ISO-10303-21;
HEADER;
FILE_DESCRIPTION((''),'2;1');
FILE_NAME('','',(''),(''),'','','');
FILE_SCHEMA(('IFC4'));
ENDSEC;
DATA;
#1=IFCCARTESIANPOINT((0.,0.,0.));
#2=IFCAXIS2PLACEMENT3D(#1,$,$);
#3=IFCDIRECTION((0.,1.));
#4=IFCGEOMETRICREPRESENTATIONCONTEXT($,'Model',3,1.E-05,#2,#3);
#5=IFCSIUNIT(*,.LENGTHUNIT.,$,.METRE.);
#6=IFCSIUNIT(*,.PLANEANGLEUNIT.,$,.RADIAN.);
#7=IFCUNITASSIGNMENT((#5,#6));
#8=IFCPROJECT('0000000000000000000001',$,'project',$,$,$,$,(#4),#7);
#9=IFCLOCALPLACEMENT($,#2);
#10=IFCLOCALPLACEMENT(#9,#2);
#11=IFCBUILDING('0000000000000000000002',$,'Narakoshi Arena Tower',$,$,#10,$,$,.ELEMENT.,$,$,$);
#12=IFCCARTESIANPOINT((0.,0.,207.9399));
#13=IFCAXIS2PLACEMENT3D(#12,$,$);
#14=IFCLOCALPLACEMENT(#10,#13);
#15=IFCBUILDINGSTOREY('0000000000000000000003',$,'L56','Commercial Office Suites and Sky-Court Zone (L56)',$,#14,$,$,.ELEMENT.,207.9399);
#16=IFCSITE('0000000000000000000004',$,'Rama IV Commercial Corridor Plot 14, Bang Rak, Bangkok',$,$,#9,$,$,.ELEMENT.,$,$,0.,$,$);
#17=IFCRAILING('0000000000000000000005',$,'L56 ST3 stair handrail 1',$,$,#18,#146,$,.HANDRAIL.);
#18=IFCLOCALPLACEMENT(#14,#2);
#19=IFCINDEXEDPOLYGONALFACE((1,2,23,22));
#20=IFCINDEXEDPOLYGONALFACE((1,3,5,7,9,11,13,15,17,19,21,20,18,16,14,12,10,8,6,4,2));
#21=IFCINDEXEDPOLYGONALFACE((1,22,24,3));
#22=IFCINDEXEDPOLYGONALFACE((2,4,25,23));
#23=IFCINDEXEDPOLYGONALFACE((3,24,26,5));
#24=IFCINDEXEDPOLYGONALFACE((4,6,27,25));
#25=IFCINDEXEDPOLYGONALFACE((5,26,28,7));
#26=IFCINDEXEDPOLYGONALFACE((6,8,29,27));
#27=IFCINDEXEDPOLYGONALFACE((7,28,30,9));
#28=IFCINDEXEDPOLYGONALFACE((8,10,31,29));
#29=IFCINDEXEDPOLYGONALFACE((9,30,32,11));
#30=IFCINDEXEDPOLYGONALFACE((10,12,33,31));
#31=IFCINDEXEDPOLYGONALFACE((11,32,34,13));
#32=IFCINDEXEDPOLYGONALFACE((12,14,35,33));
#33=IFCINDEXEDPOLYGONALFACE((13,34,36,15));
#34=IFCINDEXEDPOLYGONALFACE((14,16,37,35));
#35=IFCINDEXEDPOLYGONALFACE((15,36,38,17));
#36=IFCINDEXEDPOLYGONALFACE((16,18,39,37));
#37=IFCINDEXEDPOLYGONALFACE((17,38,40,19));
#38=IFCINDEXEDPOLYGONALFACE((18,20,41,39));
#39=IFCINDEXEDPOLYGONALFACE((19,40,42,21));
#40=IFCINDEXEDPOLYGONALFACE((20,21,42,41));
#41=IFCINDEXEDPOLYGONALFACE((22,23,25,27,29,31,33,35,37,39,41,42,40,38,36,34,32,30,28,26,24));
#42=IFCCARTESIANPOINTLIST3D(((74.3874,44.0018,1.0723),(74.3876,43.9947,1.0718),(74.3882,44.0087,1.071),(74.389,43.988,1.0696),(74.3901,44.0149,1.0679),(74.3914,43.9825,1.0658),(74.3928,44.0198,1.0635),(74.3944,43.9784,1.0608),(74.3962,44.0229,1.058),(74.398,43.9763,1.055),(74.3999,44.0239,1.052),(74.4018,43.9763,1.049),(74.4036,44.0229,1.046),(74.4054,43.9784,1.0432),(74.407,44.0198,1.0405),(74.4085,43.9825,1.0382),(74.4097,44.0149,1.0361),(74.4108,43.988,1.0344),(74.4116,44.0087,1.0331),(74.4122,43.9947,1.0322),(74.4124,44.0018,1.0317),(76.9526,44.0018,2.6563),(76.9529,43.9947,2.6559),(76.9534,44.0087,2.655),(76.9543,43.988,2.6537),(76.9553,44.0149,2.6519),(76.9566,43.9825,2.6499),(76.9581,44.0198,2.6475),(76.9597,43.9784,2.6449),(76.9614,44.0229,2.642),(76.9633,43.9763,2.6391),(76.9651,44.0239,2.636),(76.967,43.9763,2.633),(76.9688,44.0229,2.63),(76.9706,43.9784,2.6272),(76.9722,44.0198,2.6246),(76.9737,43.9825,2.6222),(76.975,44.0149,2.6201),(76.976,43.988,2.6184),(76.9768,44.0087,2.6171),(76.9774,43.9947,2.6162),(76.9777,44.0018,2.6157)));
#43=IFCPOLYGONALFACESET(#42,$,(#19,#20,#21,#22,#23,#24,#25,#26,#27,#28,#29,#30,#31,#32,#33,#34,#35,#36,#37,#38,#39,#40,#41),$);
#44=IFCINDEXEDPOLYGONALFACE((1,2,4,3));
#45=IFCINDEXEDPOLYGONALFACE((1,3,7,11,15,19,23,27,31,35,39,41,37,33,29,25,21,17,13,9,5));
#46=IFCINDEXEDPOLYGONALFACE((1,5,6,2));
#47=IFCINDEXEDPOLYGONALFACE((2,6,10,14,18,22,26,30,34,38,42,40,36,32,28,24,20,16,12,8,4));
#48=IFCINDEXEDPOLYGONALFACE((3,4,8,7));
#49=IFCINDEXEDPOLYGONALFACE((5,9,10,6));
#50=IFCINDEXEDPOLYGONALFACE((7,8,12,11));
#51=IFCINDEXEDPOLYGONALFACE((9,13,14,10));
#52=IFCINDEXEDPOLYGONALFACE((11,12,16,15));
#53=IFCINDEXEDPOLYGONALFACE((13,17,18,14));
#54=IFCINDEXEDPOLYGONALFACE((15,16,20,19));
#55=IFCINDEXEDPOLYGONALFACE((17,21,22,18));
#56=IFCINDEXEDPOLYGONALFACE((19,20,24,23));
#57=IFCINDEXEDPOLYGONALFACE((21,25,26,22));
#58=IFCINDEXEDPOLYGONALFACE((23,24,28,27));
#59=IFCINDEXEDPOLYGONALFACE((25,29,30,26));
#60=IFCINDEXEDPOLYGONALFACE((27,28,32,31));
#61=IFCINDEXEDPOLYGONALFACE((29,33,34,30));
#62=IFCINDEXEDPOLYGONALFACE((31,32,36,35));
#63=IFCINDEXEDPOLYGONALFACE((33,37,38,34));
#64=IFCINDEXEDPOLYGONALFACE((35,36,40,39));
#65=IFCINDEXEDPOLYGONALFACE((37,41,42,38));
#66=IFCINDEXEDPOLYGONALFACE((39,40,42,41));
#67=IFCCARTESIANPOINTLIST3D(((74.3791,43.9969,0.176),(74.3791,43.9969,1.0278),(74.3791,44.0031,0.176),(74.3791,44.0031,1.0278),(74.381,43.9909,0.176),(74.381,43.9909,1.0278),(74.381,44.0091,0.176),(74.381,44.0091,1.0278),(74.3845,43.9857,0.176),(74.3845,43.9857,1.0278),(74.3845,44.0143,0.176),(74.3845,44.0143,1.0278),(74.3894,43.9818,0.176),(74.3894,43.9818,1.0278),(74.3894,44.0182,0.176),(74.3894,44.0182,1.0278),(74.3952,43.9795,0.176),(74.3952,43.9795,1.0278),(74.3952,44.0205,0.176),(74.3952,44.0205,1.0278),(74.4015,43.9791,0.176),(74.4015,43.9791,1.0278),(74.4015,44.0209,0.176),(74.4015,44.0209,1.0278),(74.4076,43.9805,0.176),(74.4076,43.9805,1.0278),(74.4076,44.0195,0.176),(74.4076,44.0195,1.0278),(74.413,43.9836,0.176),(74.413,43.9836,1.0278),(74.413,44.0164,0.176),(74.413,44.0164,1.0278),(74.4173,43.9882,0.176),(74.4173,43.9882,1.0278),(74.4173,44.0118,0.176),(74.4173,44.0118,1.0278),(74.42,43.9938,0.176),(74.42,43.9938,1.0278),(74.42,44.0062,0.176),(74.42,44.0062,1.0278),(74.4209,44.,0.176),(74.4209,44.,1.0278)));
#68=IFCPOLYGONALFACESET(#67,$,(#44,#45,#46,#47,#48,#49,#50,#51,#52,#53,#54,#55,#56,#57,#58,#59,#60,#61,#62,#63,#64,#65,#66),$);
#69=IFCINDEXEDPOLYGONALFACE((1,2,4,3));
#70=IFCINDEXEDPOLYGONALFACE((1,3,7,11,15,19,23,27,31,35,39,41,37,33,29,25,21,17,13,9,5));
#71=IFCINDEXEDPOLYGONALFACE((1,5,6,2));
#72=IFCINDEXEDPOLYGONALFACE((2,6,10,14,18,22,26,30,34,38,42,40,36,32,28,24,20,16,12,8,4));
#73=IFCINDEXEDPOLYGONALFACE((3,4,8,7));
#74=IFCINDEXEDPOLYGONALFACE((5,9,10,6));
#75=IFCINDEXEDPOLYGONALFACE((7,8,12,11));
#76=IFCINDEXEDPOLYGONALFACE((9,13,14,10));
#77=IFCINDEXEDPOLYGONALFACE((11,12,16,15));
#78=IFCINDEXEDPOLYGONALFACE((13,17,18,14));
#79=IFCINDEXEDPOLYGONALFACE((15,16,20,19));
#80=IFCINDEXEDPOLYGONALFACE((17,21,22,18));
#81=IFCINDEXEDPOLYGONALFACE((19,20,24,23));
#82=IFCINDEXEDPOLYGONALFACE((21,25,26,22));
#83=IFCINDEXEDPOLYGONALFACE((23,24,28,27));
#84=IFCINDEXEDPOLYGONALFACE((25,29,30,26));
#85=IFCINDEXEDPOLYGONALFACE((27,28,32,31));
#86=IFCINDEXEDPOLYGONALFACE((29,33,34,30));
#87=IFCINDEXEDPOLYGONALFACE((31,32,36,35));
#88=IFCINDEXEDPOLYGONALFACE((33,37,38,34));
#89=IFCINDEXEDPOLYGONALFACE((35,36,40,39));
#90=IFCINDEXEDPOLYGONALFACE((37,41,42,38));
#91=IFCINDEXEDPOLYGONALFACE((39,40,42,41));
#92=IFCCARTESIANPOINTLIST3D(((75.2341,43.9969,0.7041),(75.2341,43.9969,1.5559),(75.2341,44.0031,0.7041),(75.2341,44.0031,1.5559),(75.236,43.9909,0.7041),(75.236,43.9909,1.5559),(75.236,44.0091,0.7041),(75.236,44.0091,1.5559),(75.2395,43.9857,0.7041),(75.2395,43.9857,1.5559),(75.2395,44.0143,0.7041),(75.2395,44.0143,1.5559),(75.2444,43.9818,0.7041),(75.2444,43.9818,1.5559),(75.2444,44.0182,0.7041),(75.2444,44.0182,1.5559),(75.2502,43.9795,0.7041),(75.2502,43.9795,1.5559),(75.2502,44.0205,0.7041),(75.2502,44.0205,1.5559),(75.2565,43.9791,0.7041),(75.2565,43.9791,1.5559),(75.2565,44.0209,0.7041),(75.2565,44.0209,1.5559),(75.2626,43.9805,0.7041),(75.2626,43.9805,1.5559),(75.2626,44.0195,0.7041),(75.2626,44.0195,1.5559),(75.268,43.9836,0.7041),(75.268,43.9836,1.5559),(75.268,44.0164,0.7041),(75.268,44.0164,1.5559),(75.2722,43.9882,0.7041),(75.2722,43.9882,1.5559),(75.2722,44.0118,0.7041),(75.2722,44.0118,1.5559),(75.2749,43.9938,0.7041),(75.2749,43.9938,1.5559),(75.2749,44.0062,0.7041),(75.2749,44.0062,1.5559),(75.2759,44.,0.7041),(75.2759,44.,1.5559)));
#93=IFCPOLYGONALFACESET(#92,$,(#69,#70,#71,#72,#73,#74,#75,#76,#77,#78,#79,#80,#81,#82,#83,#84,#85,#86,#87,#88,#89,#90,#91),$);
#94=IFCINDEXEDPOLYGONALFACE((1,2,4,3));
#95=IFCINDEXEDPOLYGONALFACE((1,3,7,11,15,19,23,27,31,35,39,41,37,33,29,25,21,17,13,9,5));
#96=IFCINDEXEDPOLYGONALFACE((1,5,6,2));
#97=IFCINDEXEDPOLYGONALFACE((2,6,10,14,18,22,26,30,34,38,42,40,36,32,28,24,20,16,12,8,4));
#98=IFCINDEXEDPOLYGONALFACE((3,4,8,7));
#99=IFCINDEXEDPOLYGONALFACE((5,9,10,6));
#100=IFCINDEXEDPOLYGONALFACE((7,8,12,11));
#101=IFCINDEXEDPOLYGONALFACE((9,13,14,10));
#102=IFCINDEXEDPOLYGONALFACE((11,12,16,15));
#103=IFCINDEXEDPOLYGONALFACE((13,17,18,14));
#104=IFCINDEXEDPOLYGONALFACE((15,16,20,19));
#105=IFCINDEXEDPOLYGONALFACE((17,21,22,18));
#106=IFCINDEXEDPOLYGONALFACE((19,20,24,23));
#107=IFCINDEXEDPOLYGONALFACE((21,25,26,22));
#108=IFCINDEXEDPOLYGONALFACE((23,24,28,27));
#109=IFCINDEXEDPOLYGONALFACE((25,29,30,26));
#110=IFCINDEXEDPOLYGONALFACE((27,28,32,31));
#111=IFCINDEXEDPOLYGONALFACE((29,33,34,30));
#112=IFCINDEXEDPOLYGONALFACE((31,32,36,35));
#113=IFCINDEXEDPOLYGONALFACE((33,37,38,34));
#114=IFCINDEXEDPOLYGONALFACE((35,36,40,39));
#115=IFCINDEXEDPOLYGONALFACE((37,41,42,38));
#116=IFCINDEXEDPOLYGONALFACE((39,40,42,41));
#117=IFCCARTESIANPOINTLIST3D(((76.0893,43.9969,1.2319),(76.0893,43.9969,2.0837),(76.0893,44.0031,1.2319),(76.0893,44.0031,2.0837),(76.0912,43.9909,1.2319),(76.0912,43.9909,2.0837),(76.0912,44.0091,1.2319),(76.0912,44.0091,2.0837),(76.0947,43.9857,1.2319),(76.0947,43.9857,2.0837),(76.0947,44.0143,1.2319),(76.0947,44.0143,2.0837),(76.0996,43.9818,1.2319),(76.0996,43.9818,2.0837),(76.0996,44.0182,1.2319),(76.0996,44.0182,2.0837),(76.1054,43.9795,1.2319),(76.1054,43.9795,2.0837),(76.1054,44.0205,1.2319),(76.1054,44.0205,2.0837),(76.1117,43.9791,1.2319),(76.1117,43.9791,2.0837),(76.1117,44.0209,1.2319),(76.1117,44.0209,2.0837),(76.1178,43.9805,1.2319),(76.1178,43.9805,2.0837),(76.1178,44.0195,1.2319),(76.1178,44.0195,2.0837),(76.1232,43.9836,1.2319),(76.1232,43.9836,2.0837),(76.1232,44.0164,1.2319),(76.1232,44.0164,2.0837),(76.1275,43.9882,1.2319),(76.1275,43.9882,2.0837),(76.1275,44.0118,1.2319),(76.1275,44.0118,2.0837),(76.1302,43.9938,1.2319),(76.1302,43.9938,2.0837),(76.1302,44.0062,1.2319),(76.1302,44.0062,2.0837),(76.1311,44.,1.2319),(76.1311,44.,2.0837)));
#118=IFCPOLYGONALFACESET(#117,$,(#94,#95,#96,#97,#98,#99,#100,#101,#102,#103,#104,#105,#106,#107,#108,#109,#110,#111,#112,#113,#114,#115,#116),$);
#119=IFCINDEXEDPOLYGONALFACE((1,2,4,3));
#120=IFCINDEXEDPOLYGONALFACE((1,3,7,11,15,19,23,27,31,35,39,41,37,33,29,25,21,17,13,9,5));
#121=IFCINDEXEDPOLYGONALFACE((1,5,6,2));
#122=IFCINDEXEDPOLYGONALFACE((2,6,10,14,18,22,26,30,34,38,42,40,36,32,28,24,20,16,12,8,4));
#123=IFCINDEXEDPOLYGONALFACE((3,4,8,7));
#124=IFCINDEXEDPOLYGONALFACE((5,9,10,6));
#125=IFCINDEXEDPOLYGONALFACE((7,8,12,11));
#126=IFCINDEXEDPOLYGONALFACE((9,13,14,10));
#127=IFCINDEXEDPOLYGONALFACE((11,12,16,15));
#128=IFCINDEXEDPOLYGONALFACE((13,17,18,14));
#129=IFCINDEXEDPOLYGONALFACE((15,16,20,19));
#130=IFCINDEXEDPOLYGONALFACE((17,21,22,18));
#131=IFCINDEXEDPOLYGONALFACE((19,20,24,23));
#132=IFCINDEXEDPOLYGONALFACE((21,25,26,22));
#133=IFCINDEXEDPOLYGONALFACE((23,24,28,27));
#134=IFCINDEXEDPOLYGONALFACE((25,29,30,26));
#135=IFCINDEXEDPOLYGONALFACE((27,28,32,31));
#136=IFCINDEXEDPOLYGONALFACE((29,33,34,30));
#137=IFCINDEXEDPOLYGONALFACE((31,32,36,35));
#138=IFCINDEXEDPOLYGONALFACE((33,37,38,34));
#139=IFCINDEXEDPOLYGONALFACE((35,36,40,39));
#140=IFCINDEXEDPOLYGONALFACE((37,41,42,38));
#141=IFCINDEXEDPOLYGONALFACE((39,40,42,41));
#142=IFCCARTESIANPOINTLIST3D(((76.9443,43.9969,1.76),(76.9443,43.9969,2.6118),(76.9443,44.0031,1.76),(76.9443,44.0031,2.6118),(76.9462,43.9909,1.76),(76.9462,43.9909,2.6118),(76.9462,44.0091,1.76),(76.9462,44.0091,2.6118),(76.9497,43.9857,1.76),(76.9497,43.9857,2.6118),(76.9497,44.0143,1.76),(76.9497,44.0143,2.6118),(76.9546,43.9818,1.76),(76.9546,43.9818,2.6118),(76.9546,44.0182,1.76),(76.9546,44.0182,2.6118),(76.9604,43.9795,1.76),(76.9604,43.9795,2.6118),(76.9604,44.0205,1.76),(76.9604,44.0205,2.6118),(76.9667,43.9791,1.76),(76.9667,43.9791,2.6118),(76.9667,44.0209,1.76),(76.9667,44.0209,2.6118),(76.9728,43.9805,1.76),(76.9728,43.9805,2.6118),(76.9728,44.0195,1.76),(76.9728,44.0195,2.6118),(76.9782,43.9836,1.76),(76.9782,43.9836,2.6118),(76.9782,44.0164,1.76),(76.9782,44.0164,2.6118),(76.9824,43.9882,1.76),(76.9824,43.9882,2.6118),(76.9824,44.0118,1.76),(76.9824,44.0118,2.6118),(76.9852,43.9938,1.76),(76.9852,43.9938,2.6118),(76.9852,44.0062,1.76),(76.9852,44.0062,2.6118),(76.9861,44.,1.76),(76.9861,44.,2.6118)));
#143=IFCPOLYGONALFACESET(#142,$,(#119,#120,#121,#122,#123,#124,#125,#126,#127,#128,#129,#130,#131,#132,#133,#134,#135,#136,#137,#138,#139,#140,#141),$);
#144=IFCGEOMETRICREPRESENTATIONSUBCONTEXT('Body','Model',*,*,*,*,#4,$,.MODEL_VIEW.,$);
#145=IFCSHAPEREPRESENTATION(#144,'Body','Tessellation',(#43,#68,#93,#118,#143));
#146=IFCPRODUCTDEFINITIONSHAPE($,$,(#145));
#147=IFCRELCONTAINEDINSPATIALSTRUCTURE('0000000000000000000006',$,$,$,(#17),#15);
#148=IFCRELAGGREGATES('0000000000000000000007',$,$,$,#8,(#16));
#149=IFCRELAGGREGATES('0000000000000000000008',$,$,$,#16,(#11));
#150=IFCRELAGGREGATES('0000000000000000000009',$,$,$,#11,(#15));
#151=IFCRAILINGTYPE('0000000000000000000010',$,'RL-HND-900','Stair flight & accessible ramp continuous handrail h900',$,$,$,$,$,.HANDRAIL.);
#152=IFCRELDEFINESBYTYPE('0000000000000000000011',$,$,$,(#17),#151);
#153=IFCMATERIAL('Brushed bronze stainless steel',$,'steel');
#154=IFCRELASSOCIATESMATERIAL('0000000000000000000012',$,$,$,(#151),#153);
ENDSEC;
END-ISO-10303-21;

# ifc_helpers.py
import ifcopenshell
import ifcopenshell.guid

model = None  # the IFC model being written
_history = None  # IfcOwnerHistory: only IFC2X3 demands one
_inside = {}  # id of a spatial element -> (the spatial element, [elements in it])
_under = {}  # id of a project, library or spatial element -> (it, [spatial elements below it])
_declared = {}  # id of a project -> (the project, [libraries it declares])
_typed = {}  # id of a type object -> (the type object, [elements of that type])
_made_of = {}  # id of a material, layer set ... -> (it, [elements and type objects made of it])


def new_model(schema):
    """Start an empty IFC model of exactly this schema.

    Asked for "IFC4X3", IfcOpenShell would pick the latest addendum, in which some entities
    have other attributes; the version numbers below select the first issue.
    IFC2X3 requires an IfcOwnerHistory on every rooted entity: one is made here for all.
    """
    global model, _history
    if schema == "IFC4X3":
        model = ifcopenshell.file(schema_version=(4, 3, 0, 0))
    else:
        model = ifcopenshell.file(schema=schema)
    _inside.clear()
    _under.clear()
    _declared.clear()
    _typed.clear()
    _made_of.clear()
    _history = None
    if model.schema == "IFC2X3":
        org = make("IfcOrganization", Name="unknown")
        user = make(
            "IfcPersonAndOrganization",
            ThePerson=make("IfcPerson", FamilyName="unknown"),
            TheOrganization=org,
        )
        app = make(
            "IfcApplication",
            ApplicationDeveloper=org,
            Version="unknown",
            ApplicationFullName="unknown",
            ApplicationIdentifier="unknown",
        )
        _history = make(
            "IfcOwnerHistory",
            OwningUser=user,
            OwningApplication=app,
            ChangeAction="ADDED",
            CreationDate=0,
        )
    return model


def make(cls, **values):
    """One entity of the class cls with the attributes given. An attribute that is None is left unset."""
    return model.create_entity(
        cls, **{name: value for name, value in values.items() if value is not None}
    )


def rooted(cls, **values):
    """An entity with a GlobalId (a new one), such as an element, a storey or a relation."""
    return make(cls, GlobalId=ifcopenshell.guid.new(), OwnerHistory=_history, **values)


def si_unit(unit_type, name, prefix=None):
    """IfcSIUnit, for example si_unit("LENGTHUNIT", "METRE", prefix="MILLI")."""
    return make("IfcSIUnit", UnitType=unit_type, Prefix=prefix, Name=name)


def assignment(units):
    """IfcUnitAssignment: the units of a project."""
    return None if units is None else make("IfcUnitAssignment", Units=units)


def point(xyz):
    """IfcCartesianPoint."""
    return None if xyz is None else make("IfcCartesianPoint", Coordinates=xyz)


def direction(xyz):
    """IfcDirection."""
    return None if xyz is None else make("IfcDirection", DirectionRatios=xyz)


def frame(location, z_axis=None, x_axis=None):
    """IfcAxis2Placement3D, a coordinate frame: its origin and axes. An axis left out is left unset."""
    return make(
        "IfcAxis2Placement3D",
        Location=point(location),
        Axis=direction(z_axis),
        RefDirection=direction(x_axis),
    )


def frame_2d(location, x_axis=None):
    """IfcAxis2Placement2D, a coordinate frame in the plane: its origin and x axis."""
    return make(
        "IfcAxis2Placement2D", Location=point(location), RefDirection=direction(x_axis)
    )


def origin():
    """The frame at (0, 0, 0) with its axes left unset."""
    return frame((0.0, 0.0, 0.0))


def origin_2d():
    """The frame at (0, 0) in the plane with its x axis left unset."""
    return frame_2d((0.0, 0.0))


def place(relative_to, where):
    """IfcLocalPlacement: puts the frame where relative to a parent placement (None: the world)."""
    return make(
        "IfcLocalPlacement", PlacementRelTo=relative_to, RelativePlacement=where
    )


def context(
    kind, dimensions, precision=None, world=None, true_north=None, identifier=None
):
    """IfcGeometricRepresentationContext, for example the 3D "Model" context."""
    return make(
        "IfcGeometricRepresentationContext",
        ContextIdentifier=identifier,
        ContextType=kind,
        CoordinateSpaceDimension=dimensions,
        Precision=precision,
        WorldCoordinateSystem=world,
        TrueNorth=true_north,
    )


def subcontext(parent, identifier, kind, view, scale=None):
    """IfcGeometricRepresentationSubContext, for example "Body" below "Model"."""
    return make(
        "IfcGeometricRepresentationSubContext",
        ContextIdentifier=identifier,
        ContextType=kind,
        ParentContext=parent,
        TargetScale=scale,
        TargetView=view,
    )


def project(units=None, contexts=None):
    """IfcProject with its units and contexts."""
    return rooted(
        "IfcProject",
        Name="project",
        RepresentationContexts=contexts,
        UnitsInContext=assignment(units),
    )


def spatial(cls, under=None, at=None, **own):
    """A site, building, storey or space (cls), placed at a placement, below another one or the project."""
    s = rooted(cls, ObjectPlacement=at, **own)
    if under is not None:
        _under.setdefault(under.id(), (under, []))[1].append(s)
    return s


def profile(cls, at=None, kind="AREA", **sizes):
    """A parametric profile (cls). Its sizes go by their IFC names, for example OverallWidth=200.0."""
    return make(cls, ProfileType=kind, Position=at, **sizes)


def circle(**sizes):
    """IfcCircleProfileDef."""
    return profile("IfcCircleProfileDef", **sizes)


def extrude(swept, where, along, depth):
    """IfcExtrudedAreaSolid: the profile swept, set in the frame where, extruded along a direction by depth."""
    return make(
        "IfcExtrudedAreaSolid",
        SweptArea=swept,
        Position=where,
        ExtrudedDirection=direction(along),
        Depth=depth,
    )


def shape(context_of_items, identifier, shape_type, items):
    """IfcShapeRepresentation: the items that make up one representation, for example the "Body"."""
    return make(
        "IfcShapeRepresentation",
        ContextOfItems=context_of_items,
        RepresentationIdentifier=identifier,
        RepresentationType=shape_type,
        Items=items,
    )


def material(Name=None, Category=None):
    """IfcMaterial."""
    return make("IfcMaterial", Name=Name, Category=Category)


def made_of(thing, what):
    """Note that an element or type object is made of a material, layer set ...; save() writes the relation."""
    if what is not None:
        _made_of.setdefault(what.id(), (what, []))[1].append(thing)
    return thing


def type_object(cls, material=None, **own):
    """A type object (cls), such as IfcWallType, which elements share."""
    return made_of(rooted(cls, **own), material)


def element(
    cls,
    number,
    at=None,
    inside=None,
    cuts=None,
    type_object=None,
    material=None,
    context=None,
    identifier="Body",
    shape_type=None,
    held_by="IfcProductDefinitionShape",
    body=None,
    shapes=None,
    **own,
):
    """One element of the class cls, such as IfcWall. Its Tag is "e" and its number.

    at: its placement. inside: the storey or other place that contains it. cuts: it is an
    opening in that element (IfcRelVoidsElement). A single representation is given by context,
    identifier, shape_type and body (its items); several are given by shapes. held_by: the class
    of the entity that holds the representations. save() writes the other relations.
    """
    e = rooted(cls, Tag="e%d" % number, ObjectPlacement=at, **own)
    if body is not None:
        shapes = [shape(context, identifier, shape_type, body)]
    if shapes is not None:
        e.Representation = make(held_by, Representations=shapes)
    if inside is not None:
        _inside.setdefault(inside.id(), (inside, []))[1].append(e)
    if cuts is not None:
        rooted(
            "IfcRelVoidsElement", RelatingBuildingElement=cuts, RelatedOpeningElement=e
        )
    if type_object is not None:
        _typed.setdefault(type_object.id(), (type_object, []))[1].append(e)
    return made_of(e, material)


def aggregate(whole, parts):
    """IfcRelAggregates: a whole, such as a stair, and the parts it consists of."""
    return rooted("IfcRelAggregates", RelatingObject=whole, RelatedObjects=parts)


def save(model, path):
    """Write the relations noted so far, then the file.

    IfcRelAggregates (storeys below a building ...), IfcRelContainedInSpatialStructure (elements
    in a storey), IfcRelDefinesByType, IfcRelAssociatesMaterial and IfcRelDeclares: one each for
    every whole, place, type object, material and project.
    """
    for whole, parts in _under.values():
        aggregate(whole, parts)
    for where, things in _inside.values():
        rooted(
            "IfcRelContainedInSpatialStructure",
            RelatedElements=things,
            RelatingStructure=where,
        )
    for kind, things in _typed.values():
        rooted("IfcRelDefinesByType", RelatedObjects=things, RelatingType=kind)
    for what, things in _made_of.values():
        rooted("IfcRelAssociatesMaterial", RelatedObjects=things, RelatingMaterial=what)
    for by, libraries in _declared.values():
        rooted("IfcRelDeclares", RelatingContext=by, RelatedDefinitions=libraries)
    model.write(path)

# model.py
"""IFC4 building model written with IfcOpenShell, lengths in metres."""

from ifc_helpers import new_model, si_unit, direction, frame, origin, origin_2d, place, context, subcontext, project, spatial, circle, extrude, material, type_object, element, save


model = new_model("IFC4")

# Units and contexts
model_context = context("Model", 3, precision=1e-05, world=origin(), true_north=direction((0.0, 1.0)))
body_context = subcontext(model_context, "Body", "Model", "MODEL_VIEW")
ifc_project = project(units=[si_unit("LENGTHUNIT", "METRE"), si_unit("PLANEANGLEUNIT", "RADIAN")], contexts=[model_context])

# Site, building, storey
site_placement = place(None, origin())
site = spatial("IfcSite", under=ifc_project, at=site_placement, Name="Rama IV Commercial Corridor Plot 14, Bang Rak, Bangkok", CompositionType="ELEMENT", RefElevation=0.0)
building_placement = place(site_placement, origin())
building = spatial("IfcBuilding", under=site, at=building_placement, Name="Narakoshi Arena Tower", CompositionType="ELEMENT")
storey_placement = place(building_placement, frame((0.0, 0.0, 207.9399)))
storey = spatial("IfcBuildingStorey", under=building, at=storey_placement, Name="L56", Description="Commercial Office Suites and Sky-Court Zone (L56)", CompositionType="ELEMENT", Elevation=207.9399)

# Railing
ifc_material_1 = material(Name="Brushed bronze stainless steel", Category="steel")
railing_type_1 = type_object("IfcRailingType", Name="RL-HND-900", Description="Stair flight & accessible ramp continuous handrail h900", PredefinedType="HANDRAIL", material=ifc_material_1)
railing_1_placement = place(storey_placement, frame((74.3999, 44.0, 0.176)))
element("IfcRailing", 1, at=railing_1_placement, inside=storey, type_object=railing_type_1, Name="L56 ST3 stair handrail 1", PredefinedType="HANDRAIL", context=body_context, shape_type="SweptSolid", body=[
    extrude(circle(Radius=0.0239, at=origin_2d()), frame((0.0, 0.0, 0.876), z_axis=(0.850857, 0.0, 0.525398), x_axis=(0.0, 1.0, 0.0)), (0.0, 0.0, 1.0), 3.0149),
    extrude(circle(Radius=0.021, at=origin_2d()), origin(), (0.0, 0.0, 1.0), 0.8518),
    extrude(circle(Radius=0.021, at=origin_2d()), frame((0.855, 0.0, 0.5281)), (0.0, 0.0, 1.0), 0.8518),
    extrude(circle(Radius=0.021, at=origin_2d()), frame((1.7102, 0.0, 1.0559)), (0.0, 0.0, 1.0), 0.8518),
    extrude(circle(Radius=0.021, at=origin_2d()), frame((2.5652, 0.0, 1.584)), (0.0, 0.0, 1.0), 0.8518),
])

save(model, "model.ifc")
